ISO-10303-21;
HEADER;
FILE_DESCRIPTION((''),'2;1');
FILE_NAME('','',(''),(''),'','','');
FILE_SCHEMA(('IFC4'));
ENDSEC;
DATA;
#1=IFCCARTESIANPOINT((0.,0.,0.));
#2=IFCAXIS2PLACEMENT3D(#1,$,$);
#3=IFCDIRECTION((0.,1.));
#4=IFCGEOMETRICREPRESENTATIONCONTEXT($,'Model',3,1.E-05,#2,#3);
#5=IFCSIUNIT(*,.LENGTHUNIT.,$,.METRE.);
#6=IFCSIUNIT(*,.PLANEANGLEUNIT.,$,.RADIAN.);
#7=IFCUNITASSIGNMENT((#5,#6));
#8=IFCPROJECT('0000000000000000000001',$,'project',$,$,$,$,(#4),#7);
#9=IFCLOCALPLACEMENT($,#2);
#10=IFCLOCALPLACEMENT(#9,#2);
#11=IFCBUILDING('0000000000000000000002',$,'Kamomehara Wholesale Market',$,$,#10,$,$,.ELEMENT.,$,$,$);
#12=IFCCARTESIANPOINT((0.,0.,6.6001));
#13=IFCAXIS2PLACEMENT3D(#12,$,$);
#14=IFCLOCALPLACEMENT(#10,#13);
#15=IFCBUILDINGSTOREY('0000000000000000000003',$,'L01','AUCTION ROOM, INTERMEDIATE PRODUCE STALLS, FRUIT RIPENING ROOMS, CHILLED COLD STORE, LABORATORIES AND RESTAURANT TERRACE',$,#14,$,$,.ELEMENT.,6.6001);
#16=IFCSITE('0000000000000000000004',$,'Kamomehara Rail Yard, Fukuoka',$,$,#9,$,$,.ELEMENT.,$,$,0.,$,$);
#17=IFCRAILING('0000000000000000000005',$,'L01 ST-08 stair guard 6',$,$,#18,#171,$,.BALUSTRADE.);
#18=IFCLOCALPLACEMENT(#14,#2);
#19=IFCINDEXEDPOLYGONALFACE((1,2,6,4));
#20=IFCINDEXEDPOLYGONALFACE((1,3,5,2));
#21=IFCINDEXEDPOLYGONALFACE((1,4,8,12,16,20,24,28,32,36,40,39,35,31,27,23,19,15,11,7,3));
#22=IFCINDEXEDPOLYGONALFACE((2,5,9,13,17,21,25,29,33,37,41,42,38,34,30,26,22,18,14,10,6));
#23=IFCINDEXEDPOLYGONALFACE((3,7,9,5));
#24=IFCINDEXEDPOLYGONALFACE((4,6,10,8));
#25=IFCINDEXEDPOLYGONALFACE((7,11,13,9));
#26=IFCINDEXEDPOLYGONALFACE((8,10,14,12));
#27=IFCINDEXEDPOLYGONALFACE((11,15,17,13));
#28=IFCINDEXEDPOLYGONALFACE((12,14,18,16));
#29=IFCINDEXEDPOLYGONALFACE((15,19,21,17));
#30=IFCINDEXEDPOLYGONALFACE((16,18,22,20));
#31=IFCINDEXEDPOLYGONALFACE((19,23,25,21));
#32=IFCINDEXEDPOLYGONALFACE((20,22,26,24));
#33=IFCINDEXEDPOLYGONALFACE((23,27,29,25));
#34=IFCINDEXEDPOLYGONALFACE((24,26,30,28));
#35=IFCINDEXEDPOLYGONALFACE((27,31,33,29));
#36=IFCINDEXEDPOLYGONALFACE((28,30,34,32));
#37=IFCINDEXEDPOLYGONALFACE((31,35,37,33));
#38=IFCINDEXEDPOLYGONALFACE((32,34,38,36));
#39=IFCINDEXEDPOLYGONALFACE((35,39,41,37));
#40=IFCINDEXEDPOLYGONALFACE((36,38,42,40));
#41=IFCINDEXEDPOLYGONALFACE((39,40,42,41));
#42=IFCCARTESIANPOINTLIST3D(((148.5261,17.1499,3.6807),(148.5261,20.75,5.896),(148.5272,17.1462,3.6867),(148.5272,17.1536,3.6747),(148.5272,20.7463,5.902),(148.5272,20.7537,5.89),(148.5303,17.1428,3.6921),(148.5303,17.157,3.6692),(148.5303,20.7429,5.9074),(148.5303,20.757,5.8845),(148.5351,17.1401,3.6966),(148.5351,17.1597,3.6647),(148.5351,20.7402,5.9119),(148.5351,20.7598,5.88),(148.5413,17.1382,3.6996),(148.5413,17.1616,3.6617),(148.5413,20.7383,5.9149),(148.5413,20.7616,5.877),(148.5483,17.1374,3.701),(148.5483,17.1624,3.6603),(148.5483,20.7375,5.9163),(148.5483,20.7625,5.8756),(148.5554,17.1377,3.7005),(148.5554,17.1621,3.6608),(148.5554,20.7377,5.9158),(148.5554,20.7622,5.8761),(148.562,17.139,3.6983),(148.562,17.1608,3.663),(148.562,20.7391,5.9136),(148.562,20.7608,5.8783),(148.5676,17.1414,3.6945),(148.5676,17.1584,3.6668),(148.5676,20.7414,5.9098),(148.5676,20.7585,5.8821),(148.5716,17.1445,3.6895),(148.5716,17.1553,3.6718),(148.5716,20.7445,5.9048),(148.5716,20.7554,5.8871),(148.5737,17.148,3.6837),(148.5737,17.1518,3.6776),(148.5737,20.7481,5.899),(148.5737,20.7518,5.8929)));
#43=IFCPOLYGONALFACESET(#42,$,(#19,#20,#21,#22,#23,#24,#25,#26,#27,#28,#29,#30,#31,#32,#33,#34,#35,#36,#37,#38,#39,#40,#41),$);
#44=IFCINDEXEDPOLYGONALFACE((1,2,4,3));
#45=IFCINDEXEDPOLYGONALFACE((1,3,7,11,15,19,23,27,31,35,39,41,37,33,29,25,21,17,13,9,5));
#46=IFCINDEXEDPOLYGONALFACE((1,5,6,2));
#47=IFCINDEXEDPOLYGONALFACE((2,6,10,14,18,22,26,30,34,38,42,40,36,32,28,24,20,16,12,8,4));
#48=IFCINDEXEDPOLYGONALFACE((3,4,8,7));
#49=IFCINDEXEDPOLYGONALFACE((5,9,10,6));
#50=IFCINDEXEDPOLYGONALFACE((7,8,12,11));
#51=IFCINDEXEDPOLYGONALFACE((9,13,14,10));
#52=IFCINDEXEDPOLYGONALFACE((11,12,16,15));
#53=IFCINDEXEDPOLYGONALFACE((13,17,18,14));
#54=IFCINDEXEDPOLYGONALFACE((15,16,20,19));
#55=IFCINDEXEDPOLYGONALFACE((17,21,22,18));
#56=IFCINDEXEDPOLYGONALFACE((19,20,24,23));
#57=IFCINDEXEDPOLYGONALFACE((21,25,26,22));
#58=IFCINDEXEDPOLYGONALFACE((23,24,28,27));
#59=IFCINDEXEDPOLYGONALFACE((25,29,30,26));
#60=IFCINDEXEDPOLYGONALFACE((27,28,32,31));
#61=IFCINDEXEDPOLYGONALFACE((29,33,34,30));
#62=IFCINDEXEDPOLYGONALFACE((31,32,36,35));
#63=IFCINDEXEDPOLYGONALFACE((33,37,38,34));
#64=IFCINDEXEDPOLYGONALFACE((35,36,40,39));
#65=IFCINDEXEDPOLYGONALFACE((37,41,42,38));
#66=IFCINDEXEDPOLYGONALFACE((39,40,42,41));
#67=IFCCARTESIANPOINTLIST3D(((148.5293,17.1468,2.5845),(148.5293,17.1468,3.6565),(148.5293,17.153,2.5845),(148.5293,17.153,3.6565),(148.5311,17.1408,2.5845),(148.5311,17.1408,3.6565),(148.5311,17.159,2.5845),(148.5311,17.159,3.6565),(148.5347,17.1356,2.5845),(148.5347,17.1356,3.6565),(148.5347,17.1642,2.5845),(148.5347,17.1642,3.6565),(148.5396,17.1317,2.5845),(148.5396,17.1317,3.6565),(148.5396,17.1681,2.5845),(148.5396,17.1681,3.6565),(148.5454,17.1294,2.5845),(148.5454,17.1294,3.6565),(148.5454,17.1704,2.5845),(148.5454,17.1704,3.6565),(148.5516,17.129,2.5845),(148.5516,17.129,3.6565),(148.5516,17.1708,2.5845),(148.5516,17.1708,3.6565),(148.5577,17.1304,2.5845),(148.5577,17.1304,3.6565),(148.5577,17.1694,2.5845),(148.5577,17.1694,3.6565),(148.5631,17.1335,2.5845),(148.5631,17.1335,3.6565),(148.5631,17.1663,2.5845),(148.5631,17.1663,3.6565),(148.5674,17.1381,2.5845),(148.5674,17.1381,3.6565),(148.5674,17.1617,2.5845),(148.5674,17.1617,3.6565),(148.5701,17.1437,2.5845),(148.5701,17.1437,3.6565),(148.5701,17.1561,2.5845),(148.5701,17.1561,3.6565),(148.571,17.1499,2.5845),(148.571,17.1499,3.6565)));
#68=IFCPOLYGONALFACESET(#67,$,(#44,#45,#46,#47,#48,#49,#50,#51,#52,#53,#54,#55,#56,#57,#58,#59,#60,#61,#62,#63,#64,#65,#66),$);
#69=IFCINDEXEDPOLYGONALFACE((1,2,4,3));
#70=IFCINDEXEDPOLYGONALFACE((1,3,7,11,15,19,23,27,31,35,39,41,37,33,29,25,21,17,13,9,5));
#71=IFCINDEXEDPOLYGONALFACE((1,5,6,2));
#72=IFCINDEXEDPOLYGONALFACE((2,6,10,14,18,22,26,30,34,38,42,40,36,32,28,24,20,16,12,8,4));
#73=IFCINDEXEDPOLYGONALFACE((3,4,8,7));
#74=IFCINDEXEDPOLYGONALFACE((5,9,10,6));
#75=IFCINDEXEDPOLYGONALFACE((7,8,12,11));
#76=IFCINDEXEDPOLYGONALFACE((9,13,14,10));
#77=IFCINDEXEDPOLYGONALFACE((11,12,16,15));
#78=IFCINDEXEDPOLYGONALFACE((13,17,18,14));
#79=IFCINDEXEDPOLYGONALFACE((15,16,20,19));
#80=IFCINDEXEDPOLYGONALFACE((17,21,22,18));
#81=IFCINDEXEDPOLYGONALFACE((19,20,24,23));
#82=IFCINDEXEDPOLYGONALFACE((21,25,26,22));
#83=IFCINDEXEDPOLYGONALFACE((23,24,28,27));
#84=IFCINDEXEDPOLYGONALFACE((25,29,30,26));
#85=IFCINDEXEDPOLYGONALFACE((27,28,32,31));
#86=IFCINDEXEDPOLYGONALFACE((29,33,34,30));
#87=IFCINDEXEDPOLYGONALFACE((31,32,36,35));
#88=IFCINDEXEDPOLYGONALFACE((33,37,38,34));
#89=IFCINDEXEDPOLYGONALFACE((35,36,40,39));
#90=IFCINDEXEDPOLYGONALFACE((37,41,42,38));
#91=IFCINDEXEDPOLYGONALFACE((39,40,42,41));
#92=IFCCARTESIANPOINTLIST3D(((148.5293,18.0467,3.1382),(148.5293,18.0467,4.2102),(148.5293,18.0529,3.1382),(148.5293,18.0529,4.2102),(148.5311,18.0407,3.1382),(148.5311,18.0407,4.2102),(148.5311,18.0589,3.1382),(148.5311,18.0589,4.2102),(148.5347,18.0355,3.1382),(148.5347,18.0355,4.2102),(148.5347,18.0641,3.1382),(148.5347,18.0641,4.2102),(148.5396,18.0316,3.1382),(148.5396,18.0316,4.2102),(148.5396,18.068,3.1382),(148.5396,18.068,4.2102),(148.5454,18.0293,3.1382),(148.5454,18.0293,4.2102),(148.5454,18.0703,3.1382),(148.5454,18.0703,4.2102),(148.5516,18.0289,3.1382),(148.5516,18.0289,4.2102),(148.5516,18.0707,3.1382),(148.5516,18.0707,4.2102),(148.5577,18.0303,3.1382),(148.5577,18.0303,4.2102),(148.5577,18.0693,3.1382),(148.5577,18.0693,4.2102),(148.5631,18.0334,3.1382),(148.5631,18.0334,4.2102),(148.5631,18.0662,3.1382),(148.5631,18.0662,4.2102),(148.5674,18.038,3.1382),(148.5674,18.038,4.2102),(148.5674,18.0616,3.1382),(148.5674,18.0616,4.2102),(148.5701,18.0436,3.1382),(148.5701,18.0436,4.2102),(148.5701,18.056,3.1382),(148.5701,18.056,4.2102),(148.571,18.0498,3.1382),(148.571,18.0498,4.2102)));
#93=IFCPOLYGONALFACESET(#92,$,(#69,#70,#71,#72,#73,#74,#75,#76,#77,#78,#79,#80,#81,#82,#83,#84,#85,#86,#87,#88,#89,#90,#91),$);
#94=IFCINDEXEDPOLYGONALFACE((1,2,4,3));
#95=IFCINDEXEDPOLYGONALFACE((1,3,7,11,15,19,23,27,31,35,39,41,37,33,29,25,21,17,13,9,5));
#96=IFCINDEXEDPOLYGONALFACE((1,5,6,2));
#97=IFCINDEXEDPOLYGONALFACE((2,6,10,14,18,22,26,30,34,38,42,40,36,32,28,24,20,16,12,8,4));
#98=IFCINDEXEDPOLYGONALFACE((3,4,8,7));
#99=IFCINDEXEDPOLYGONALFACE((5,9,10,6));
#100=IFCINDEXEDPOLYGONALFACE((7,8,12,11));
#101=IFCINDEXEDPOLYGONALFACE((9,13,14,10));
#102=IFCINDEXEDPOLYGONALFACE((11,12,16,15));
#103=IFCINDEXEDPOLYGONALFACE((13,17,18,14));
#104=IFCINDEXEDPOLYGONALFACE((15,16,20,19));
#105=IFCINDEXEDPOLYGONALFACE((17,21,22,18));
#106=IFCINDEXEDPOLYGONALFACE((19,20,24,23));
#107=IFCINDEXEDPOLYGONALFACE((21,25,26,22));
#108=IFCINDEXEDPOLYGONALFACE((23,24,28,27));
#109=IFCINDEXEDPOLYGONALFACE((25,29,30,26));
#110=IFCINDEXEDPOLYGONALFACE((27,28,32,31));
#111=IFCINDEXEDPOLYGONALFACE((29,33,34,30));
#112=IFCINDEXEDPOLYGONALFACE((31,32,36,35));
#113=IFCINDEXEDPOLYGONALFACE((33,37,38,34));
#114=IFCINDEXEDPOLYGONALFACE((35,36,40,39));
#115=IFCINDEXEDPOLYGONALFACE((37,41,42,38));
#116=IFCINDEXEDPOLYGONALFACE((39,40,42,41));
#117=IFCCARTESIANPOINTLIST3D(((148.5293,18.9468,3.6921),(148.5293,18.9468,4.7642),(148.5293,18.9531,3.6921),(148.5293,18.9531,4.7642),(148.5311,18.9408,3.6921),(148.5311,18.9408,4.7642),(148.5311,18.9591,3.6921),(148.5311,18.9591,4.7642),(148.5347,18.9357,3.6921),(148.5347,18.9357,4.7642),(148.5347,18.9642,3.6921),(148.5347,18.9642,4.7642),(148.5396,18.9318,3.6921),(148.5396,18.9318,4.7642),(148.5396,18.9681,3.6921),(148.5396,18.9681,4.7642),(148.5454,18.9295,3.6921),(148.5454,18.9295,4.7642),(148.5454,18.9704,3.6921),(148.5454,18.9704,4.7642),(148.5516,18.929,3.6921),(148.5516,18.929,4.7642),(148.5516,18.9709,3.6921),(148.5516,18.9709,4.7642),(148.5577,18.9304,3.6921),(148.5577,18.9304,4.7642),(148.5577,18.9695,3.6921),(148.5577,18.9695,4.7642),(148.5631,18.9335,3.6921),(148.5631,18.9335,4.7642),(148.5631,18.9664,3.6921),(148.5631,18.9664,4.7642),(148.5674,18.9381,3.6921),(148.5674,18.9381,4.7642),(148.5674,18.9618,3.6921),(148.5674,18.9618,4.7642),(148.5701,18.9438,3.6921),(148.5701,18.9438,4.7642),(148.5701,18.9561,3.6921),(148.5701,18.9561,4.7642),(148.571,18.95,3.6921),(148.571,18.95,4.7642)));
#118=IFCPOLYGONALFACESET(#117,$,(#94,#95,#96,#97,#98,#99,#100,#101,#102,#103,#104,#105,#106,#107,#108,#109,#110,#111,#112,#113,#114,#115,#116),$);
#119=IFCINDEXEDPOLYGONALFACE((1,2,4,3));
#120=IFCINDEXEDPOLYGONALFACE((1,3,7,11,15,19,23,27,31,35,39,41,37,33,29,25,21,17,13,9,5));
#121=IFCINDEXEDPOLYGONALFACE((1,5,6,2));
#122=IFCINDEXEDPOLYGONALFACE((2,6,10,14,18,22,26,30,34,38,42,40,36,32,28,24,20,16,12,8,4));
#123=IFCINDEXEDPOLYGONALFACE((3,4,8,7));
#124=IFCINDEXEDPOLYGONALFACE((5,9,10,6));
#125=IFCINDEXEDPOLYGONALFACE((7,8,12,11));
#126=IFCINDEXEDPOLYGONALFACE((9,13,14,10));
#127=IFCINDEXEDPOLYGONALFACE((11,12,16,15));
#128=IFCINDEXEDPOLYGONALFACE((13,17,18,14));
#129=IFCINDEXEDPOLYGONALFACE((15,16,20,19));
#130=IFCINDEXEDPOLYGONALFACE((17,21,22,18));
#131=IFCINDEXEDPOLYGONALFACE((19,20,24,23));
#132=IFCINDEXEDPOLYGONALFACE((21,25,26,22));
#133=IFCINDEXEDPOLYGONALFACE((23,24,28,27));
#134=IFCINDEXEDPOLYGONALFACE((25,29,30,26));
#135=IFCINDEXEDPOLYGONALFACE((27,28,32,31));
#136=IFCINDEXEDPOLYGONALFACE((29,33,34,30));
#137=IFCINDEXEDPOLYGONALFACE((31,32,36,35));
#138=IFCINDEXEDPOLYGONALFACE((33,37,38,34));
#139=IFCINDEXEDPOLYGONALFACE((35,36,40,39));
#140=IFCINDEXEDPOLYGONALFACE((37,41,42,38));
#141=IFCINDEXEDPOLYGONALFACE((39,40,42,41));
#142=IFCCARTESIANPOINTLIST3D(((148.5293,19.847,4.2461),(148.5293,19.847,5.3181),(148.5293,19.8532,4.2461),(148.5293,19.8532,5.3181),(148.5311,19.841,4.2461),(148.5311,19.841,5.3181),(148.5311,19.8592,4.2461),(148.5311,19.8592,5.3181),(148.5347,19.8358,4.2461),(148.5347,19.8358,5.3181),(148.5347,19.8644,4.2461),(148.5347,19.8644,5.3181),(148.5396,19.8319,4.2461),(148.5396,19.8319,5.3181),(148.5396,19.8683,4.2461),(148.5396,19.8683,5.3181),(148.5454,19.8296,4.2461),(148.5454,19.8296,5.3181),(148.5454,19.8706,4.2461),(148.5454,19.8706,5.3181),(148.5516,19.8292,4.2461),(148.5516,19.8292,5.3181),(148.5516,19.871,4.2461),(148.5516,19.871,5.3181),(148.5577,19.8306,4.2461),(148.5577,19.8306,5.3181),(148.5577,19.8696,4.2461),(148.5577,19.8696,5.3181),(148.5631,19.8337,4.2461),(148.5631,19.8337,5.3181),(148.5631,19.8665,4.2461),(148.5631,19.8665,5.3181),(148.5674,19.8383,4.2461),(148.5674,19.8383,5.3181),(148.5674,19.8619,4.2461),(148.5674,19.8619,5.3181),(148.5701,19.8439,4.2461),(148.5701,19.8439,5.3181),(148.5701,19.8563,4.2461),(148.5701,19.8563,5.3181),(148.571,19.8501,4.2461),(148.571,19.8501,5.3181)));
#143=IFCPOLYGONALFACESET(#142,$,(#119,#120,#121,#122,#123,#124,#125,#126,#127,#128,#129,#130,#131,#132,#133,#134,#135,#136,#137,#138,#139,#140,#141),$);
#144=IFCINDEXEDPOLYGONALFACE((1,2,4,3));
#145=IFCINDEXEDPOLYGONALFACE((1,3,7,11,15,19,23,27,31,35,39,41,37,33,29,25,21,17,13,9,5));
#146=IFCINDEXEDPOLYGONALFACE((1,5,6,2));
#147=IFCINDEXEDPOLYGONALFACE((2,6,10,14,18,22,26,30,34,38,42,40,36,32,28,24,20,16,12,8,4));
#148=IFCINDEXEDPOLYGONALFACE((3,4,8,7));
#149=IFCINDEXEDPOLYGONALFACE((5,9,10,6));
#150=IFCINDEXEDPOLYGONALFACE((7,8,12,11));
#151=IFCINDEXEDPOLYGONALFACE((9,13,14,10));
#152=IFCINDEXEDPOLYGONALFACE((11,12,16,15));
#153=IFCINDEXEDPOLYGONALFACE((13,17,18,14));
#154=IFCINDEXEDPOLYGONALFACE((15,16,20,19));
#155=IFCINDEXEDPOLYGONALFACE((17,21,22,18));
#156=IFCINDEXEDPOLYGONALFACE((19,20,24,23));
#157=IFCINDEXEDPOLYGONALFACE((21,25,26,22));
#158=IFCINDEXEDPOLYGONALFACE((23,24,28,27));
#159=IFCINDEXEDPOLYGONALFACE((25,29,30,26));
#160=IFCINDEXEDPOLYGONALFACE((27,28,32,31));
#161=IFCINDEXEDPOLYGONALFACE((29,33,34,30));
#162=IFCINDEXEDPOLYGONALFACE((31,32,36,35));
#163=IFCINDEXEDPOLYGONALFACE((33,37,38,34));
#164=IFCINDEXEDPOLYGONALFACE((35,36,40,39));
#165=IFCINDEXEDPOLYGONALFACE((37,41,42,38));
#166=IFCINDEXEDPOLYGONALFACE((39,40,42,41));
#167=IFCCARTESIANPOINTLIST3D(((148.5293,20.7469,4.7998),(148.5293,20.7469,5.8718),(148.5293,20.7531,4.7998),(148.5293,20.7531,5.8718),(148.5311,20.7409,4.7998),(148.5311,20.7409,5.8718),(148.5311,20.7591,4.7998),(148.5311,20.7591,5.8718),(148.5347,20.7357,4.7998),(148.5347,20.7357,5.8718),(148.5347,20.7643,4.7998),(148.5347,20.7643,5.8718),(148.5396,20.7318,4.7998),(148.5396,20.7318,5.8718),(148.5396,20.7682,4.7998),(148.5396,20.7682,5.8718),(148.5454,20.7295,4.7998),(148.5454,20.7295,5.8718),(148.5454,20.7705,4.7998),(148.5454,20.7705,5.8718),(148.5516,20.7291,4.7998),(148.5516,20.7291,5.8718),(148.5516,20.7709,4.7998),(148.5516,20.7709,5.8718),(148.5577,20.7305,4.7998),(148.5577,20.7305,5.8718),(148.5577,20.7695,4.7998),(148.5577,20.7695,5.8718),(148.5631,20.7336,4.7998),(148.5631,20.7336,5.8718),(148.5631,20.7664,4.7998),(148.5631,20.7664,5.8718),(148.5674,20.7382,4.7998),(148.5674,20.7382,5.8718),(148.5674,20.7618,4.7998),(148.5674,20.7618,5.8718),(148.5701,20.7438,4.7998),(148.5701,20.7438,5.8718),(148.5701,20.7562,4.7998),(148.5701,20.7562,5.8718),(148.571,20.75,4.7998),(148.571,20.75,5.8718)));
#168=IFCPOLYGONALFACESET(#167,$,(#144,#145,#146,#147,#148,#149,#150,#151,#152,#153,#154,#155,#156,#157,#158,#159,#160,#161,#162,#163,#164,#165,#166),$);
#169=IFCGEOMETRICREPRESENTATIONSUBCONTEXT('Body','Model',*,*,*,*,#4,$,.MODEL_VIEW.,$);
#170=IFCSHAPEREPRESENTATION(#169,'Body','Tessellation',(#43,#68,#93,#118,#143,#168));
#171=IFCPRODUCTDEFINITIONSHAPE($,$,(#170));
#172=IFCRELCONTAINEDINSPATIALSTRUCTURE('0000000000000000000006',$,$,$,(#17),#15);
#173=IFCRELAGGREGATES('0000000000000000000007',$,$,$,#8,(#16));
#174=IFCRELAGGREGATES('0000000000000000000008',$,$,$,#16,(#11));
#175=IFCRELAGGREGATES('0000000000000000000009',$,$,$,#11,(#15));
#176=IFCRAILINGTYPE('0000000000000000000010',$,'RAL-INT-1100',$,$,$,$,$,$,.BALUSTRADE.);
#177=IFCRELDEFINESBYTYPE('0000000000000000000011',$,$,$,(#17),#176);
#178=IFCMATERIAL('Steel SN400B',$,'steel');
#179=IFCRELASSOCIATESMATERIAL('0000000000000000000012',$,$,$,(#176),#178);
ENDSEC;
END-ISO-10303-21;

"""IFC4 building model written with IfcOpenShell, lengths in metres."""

from ifc_helpers import new_model, si_unit, direction, frame, origin, origin_2d, place, context, subcontext, project, spatial, circle, extrude, material, type_object, element, save


model = new_model("IFC4")

# Units and contexts
model_context = context("Model", 3, precision=1e-05, world=origin(), true_north=direction((0.0, 1.0)))
body_context = subcontext(model_context, "Body", "Model", "MODEL_VIEW")
ifc_project = project(units=[si_unit("LENGTHUNIT", "METRE"), si_unit("PLANEANGLEUNIT", "RADIAN")], contexts=[model_context])

# Site, building, storey
site_placement = place(None, origin())
site = spatial("IfcSite", under=ifc_project, at=site_placement, Name="Kamomehara Rail Yard, Fukuoka", CompositionType="ELEMENT", RefElevation=0.0)
building_placement = place(site_placement, origin())
building = spatial("IfcBuilding", under=site, at=building_placement, Name="Kamomehara Wholesale Market", CompositionType="ELEMENT")
storey_placement = place(building_placement, frame((0.0, 0.0, 6.6001)))
storey = spatial("IfcBuildingStorey", under=building, at=storey_placement, Name="L01", Description="AUCTION ROOM, INTERMEDIATE PRODUCE STALLS, FRUIT RIPENING ROOMS, CHILLED COLD STORE, LABORATORIES AND RESTAURANT TERRACE", CompositionType="ELEMENT", Elevation=6.6001)

# Railing
ifc_material_1 = material(Name="Steel SN400B", Category="steel")
railing_type_1 = type_object("IfcRailingType", Name="RAL-INT-1100", PredefinedType="BALUSTRADE", material=ifc_material_1)
railing_1_placement = place(storey_placement, frame((148.55, 17.1499, 2.5845)))
element("IfcRailing", 1, at=railing_1_placement, inside=storey, type_object=railing_type_1, Name="L01 ST-08 stair guard 6", PredefinedType="BALUSTRADE", context=body_context, shape_type="SweptSolid", body=[
    extrude(circle(Radius=0.0239, at=origin_2d()), frame((0.0, 0.0, 1.0962), z_axis=(0.0, 0.85167, 0.524078), x_axis=(-1.0, 0.0, 0.0)), (0.0, 0.0, 1.0), 4.2271),
    extrude(circle(Radius=0.021, at=origin_2d()), origin(), (0.0, 0.0, 1.0), 1.072),
    extrude(circle(Radius=0.021, at=origin_2d()), frame((0.0, 0.8999, 0.5537)), (0.0, 0.0, 1.0), 1.072),
    extrude(circle(Radius=0.021, at=origin_2d()), frame((0.0, 1.8, 1.1077)), (0.0, 0.0, 1.0), 1.072),
    extrude(circle(Radius=0.021, at=origin_2d()), frame((0.0, 2.7002, 1.6616)), (0.0, 0.0, 1.0), 1.072),
    extrude(circle(Radius=0.021, at=origin_2d()), frame((0.0, 3.6001, 2.2153)), (0.0, 0.0, 1.0), 1.072),
])

save(model, "model.ifc")
